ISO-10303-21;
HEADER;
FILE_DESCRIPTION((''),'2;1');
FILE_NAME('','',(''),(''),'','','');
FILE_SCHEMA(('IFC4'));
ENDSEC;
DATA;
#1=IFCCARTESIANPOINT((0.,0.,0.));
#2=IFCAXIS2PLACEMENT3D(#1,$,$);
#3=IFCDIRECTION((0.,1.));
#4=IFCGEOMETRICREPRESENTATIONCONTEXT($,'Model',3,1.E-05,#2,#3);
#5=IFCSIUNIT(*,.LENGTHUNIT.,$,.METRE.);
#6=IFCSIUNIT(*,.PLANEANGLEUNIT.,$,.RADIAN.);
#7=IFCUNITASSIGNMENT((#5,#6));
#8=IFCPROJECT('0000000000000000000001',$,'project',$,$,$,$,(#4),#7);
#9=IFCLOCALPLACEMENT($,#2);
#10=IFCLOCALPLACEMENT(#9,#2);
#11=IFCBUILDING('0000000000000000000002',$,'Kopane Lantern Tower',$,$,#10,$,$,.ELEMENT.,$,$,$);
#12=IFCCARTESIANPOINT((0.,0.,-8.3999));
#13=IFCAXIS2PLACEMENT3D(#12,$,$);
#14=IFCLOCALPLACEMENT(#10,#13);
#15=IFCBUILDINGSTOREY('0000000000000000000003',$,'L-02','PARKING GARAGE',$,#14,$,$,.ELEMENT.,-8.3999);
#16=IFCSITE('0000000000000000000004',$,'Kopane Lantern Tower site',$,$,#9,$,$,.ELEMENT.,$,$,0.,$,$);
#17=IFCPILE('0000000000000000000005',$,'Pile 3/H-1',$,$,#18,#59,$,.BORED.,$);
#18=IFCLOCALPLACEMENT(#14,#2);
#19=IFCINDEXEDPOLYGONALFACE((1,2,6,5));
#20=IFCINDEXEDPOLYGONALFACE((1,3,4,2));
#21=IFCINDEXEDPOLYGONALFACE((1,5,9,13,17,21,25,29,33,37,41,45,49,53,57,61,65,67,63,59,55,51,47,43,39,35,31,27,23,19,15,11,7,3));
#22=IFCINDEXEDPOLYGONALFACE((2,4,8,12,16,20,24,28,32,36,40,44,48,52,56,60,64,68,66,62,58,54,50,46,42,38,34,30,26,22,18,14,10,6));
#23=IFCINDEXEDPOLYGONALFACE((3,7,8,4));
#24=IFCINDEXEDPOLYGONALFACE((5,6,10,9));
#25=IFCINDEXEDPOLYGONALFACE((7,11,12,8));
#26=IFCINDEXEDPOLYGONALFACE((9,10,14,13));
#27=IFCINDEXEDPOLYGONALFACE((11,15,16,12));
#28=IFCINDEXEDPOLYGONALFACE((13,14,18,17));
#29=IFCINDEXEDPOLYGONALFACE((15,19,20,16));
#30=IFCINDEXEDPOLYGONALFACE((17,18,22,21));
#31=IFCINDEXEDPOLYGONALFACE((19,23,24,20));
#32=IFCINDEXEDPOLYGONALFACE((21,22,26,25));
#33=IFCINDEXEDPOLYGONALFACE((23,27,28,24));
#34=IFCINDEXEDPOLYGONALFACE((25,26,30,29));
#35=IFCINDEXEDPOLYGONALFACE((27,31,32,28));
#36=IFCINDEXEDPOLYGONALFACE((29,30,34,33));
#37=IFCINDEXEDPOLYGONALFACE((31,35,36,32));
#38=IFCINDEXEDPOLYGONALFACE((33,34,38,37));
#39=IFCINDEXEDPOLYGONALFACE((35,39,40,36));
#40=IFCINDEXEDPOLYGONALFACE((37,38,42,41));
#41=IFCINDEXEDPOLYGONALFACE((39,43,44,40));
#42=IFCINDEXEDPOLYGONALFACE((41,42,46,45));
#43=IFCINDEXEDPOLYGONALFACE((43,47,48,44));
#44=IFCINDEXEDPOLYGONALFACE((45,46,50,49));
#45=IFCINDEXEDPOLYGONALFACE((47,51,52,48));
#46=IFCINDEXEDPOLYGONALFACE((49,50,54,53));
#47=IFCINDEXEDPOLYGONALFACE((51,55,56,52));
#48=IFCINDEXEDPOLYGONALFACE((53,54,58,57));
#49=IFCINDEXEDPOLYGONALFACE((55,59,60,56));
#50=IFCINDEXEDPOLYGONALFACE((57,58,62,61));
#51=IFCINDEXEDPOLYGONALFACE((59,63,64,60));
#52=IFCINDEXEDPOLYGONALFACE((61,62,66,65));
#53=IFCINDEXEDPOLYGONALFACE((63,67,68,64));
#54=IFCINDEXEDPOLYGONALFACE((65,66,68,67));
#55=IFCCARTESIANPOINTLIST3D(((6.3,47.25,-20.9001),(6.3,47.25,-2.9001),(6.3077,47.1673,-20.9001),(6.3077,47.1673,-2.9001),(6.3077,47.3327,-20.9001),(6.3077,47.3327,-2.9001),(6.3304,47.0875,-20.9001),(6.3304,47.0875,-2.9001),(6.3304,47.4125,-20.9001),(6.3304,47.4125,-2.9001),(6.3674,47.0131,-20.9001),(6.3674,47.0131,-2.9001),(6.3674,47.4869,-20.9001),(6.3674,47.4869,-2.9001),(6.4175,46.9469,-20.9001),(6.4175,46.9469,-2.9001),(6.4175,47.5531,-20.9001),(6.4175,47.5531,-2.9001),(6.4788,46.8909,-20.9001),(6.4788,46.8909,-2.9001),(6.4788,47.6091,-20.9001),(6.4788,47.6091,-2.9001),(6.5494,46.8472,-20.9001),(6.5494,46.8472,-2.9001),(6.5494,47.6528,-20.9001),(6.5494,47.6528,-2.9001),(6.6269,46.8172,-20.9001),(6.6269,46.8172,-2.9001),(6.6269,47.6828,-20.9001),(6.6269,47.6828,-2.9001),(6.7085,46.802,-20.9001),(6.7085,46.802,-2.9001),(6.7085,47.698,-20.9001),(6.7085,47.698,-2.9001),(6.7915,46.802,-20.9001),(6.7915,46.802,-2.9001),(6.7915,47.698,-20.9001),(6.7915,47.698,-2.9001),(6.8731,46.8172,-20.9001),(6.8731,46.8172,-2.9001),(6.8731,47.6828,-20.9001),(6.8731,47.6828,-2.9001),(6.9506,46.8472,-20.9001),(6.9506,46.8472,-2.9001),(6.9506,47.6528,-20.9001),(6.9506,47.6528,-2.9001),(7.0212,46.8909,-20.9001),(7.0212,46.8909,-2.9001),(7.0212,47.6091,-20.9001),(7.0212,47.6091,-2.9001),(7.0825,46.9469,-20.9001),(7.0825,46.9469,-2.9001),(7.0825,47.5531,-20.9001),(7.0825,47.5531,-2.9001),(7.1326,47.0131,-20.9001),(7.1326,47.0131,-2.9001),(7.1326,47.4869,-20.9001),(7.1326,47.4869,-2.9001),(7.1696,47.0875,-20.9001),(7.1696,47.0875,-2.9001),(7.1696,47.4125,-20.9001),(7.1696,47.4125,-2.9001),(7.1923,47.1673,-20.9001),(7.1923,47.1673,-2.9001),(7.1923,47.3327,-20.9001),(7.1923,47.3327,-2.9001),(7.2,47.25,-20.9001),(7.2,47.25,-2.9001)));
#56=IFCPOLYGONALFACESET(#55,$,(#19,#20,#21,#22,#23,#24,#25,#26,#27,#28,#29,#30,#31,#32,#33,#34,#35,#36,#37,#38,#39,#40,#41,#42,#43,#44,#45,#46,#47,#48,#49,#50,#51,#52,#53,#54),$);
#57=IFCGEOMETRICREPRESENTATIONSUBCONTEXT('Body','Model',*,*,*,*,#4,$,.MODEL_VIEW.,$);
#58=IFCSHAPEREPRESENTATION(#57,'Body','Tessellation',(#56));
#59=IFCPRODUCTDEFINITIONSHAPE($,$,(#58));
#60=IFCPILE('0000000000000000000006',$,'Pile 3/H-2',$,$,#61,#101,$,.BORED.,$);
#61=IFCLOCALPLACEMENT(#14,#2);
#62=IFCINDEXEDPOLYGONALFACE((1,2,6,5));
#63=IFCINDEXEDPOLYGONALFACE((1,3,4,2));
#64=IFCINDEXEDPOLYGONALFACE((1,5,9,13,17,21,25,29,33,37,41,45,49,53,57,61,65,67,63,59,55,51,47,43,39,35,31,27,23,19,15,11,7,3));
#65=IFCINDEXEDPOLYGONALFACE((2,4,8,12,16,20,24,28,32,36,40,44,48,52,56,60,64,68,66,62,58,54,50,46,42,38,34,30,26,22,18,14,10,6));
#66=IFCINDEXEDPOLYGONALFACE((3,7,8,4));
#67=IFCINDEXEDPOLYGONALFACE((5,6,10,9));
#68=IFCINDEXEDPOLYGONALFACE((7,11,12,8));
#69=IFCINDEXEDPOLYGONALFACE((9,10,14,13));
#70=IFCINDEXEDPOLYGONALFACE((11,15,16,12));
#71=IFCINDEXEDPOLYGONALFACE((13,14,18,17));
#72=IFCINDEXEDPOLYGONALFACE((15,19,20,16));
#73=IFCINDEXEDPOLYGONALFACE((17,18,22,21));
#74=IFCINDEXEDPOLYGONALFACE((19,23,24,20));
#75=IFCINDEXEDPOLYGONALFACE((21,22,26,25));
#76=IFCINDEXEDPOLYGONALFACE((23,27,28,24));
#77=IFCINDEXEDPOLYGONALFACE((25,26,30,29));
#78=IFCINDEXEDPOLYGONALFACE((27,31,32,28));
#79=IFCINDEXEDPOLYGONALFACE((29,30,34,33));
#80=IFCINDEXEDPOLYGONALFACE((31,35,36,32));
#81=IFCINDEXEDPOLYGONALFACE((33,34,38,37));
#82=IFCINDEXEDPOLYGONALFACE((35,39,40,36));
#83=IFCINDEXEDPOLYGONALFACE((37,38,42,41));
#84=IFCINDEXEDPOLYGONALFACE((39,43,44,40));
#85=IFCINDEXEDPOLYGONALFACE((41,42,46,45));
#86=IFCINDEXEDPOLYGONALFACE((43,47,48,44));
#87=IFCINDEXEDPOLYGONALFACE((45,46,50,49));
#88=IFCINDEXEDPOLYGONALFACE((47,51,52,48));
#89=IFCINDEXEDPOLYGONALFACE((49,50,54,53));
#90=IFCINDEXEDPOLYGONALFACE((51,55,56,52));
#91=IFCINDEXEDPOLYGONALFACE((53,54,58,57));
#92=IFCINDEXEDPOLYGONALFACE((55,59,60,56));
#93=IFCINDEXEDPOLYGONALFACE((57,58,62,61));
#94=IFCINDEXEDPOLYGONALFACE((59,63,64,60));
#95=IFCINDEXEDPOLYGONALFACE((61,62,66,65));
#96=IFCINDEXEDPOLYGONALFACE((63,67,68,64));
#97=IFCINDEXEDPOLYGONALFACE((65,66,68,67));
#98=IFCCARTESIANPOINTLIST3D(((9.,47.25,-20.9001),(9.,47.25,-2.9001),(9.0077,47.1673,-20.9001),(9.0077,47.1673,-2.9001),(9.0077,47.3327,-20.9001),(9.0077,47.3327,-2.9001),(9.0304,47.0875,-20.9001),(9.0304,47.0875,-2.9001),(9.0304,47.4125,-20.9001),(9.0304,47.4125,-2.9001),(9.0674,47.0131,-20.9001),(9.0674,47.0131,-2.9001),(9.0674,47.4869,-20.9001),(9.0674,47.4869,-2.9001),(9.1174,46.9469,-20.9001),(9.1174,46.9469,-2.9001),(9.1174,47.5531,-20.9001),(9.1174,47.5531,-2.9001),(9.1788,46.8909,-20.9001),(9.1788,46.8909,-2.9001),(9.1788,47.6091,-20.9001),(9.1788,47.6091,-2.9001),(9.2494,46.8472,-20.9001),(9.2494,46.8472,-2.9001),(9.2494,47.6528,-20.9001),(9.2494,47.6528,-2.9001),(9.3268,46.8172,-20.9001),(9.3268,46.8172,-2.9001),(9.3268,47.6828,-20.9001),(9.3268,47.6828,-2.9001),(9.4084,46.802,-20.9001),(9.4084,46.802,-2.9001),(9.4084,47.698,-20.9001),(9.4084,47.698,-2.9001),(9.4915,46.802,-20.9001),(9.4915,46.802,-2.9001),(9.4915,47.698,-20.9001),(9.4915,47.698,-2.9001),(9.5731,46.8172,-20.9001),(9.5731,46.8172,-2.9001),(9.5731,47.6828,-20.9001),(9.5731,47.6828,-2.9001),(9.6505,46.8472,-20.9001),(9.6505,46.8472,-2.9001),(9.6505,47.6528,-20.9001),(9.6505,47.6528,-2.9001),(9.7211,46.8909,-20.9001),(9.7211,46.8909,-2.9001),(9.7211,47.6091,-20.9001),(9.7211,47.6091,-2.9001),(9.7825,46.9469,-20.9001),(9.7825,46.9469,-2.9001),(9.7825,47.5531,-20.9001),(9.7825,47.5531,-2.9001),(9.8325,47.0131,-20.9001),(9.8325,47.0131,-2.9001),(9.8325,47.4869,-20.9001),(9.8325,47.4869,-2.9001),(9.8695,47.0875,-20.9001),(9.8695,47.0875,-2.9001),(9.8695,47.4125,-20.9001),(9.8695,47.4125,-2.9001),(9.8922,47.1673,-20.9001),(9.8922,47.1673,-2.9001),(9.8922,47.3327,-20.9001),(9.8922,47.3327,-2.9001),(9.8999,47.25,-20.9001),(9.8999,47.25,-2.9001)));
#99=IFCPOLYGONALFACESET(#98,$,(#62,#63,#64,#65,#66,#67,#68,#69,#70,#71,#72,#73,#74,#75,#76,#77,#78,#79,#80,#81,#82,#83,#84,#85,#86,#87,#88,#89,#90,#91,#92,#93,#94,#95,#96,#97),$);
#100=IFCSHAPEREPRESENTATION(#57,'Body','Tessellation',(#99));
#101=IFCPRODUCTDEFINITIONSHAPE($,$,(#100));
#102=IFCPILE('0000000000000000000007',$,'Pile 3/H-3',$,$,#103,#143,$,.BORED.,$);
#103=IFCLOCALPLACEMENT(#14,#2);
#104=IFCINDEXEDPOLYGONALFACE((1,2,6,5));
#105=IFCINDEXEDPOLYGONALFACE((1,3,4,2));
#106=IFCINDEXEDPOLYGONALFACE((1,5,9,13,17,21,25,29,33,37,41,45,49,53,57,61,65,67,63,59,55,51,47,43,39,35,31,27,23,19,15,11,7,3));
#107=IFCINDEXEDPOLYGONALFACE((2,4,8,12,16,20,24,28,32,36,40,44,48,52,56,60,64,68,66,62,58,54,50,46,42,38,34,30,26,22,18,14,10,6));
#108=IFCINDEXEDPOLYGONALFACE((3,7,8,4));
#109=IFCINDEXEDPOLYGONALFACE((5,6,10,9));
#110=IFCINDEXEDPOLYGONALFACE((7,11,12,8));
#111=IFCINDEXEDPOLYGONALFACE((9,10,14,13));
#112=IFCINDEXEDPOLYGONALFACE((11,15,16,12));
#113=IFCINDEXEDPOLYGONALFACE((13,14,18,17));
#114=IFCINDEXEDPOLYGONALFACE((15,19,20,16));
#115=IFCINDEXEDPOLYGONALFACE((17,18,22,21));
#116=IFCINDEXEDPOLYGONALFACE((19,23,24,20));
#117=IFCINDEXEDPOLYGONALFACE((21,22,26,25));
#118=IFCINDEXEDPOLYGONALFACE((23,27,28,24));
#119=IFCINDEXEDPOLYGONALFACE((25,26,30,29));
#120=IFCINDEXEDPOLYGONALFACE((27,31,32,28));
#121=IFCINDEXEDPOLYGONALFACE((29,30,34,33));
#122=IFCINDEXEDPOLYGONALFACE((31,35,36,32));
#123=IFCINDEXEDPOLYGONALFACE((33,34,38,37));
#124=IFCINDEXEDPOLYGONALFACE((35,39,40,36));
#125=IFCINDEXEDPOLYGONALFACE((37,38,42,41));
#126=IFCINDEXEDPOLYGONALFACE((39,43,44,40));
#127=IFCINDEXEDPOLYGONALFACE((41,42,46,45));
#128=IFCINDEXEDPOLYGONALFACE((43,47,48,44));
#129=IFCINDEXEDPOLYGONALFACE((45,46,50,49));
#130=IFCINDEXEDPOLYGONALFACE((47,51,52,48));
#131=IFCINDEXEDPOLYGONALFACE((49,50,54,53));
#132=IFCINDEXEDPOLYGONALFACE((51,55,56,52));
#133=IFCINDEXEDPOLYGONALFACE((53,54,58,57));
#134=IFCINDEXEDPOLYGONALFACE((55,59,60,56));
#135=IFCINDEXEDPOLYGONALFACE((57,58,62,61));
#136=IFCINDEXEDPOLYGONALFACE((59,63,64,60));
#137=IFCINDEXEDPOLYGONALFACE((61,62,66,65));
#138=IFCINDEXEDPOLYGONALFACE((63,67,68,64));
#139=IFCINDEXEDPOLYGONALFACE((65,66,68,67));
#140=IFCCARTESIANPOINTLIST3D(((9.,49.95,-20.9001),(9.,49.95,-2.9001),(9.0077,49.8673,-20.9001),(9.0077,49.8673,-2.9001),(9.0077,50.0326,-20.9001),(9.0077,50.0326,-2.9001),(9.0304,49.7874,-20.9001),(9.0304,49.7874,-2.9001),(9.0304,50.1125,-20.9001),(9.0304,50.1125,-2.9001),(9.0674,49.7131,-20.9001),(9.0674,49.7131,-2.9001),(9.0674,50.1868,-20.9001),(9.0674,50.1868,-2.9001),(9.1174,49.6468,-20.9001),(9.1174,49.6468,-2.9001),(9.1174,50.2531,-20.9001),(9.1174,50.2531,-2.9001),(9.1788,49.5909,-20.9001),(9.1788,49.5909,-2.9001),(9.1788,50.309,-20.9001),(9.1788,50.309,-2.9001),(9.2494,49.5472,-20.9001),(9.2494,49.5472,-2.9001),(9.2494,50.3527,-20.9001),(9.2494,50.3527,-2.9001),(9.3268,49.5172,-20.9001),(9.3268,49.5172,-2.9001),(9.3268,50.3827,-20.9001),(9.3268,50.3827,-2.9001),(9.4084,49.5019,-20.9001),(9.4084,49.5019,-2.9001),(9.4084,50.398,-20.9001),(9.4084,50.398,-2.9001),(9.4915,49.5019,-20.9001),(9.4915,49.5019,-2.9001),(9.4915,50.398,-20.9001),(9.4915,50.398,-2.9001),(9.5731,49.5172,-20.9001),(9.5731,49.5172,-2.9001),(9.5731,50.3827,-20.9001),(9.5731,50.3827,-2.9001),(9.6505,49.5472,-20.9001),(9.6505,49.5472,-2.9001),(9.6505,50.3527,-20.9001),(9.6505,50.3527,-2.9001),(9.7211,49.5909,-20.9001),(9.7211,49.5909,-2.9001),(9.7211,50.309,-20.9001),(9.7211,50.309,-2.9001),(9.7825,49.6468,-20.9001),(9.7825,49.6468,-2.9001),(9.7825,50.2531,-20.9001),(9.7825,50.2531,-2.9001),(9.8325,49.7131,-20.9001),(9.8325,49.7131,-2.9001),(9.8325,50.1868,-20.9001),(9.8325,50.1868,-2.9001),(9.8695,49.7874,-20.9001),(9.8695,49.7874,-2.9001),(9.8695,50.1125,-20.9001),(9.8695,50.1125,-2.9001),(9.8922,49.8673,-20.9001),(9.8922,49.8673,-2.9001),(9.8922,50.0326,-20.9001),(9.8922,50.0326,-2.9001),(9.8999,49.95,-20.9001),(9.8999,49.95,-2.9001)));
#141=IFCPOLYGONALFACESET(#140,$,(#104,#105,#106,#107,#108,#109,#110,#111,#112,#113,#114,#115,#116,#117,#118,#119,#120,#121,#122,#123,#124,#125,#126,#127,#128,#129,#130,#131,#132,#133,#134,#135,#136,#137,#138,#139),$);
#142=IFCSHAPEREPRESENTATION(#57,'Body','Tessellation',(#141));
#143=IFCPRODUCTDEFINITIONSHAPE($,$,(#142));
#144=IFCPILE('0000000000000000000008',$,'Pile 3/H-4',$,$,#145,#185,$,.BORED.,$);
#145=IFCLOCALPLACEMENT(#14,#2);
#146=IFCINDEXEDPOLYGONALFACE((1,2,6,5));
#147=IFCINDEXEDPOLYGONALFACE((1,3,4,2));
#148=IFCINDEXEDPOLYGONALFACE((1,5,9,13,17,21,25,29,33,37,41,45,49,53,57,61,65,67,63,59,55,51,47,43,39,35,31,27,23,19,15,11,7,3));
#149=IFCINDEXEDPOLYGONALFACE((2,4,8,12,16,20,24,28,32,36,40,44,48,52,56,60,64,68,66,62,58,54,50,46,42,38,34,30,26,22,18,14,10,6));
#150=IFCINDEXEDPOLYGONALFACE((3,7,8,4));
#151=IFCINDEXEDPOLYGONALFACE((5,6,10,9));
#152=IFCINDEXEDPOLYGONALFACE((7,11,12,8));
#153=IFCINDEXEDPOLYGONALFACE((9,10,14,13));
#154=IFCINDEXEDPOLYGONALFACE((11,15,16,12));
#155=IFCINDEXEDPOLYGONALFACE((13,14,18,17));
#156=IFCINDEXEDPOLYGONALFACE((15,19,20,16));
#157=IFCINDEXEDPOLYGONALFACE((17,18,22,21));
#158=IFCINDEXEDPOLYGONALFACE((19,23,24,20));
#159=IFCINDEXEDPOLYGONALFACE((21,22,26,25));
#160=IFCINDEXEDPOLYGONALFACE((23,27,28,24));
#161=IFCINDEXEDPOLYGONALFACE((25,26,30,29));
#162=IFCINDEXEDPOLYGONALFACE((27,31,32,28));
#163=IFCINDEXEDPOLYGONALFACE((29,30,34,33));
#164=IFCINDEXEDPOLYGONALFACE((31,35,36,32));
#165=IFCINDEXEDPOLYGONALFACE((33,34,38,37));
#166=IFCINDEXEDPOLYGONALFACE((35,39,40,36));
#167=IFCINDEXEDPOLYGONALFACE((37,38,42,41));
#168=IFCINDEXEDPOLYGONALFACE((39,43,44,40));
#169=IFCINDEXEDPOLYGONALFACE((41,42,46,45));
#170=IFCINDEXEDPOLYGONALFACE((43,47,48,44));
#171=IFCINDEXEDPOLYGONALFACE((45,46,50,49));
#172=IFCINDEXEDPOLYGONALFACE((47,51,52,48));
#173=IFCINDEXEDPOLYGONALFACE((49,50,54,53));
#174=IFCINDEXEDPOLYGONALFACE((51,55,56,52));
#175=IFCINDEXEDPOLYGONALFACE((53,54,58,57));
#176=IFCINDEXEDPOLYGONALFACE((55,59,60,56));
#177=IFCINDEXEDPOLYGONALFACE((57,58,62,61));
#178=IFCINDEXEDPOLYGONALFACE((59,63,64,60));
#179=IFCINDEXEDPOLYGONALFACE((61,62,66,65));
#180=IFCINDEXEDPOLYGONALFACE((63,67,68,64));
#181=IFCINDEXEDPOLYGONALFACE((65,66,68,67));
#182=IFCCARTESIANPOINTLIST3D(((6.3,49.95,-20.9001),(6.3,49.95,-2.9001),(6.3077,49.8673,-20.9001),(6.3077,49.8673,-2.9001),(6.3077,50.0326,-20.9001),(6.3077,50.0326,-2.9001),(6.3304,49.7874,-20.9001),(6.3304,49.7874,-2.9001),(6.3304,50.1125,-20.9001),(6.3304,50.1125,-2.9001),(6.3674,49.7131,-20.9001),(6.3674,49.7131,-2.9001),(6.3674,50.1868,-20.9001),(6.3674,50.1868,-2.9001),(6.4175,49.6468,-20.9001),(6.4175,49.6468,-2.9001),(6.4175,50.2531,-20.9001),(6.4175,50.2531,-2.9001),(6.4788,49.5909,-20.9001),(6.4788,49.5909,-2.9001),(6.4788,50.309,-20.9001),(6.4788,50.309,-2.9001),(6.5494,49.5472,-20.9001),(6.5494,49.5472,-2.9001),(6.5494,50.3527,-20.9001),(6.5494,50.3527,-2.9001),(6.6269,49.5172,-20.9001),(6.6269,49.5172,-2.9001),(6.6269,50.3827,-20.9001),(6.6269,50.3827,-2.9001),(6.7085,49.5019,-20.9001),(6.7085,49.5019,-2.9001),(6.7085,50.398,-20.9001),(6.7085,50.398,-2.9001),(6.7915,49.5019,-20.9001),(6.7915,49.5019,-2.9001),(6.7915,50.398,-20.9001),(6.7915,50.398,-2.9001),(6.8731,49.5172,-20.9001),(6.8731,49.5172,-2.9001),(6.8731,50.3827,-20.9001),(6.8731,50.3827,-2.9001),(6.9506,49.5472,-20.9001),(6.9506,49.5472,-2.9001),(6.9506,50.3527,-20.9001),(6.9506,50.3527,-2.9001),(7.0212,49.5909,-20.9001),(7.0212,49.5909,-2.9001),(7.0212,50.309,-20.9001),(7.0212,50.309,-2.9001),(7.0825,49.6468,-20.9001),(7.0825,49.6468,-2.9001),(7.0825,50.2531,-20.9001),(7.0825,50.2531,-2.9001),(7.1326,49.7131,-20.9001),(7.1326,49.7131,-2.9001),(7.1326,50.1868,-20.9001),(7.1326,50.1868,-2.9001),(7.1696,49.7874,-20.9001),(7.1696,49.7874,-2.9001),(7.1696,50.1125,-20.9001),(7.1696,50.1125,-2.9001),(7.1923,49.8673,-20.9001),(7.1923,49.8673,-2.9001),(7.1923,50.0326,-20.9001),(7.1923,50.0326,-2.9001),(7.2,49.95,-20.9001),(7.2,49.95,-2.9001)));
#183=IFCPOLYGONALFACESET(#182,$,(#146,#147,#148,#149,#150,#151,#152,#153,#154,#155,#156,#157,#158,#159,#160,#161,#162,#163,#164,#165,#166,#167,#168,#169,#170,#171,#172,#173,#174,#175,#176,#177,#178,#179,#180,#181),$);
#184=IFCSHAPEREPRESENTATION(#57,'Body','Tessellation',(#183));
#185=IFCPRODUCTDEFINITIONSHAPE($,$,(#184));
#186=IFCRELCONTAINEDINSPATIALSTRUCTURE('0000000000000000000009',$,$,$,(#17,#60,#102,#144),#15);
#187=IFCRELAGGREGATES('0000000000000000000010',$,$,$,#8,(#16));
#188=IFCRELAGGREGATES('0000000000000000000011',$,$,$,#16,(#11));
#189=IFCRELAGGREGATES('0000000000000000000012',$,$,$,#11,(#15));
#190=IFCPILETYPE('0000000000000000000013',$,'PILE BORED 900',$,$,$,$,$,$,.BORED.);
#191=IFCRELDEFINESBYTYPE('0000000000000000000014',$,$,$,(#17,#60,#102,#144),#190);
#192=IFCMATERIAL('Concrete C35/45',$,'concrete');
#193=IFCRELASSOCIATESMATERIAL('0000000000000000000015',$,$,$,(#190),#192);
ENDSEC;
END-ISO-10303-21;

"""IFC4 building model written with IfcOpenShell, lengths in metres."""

from ifc_helpers import new_model, si_unit, direction, frame, origin, origin_2d, place, context, subcontext, project, spatial, circle, extrude, material, material_profile, profile_set, type_object, element, save


model = new_model("IFC4")

# Units and contexts
model_context = context("Model", 3, precision=1e-05, world=origin(), true_north=direction((0.0, 1.0)))
body_context = subcontext(model_context, "Body", "Model", "MODEL_VIEW")
ifc_project = project(units=[si_unit("LENGTHUNIT", "METRE"), si_unit("PLANEANGLEUNIT", "RADIAN")], contexts=[model_context])

# Site, building, storey
site_placement = place(None, origin())
site = spatial("IfcSite", under=ifc_project, at=site_placement, Name="Kopane Lantern Tower site", CompositionType="ELEMENT", RefElevation=0.0)
building_placement = place(site_placement, origin())
building = spatial("IfcBuilding", under=site, at=building_placement, Name="Kopane Lantern Tower", CompositionType="ELEMENT")
storey_placement = place(building_placement, frame((0.0, 0.0, -8.3999)))
storey = spatial("IfcBuildingStorey", under=building, at=storey_placement, Name="L-02", Description="PARKING GARAGE", CompositionType="ELEMENT", Elevation=-8.3999)

# Piles
ifc_material_1 = material(Name="Concrete C35/45", Category="concrete")
ifc_material_profile_1 = material_profile(ifc_material_1, circle(Radius=0.45, at=origin_2d()), Name="D900")
ifc_profile_set_1 = profile_set([ifc_material_profile_1], Name="Concrete C35/45")
pile_type_1 = type_object("IfcPileType", Name="PILE BORED 900", PredefinedType="BORED", material=ifc_profile_set_1)
for number, where, z_axis, x_axis, name in (
    (1, (6.75, 47.25, -2.9001), (0.0, 0.0, -1.0), (1.0, 0.0, 0.0), "Pile 3/H-1"),
    (2, (9.45, 47.25, -2.9001), (0.0, 0.0, -1.0), (1.0, 0.0, 0.0), "Pile 3/H-2"),
    (3, (9.45, 49.95, -2.9001), (0.0, 0.0, -1.0), (1.0, 0.0, 0.0), "Pile 3/H-3"),
    (4, (6.75, 49.95, -2.9001), (0.0, 0.0, -1.0), (1.0, 0.0, 0.0), "Pile 3/H-4"),
):
    element("IfcPile", number, at=place(storey_placement, frame(where, z_axis=z_axis, x_axis=x_axis)), inside=storey, type_object=pile_type_1, Name=name, PredefinedType="BORED", context=body_context, shape_type="SweptSolid", body=[
        extrude(circle(Radius=0.45, at=origin_2d()), origin(), (0.0, 0.0, 1.0), 18.0),
    ])

save(model, "model.ifc")
